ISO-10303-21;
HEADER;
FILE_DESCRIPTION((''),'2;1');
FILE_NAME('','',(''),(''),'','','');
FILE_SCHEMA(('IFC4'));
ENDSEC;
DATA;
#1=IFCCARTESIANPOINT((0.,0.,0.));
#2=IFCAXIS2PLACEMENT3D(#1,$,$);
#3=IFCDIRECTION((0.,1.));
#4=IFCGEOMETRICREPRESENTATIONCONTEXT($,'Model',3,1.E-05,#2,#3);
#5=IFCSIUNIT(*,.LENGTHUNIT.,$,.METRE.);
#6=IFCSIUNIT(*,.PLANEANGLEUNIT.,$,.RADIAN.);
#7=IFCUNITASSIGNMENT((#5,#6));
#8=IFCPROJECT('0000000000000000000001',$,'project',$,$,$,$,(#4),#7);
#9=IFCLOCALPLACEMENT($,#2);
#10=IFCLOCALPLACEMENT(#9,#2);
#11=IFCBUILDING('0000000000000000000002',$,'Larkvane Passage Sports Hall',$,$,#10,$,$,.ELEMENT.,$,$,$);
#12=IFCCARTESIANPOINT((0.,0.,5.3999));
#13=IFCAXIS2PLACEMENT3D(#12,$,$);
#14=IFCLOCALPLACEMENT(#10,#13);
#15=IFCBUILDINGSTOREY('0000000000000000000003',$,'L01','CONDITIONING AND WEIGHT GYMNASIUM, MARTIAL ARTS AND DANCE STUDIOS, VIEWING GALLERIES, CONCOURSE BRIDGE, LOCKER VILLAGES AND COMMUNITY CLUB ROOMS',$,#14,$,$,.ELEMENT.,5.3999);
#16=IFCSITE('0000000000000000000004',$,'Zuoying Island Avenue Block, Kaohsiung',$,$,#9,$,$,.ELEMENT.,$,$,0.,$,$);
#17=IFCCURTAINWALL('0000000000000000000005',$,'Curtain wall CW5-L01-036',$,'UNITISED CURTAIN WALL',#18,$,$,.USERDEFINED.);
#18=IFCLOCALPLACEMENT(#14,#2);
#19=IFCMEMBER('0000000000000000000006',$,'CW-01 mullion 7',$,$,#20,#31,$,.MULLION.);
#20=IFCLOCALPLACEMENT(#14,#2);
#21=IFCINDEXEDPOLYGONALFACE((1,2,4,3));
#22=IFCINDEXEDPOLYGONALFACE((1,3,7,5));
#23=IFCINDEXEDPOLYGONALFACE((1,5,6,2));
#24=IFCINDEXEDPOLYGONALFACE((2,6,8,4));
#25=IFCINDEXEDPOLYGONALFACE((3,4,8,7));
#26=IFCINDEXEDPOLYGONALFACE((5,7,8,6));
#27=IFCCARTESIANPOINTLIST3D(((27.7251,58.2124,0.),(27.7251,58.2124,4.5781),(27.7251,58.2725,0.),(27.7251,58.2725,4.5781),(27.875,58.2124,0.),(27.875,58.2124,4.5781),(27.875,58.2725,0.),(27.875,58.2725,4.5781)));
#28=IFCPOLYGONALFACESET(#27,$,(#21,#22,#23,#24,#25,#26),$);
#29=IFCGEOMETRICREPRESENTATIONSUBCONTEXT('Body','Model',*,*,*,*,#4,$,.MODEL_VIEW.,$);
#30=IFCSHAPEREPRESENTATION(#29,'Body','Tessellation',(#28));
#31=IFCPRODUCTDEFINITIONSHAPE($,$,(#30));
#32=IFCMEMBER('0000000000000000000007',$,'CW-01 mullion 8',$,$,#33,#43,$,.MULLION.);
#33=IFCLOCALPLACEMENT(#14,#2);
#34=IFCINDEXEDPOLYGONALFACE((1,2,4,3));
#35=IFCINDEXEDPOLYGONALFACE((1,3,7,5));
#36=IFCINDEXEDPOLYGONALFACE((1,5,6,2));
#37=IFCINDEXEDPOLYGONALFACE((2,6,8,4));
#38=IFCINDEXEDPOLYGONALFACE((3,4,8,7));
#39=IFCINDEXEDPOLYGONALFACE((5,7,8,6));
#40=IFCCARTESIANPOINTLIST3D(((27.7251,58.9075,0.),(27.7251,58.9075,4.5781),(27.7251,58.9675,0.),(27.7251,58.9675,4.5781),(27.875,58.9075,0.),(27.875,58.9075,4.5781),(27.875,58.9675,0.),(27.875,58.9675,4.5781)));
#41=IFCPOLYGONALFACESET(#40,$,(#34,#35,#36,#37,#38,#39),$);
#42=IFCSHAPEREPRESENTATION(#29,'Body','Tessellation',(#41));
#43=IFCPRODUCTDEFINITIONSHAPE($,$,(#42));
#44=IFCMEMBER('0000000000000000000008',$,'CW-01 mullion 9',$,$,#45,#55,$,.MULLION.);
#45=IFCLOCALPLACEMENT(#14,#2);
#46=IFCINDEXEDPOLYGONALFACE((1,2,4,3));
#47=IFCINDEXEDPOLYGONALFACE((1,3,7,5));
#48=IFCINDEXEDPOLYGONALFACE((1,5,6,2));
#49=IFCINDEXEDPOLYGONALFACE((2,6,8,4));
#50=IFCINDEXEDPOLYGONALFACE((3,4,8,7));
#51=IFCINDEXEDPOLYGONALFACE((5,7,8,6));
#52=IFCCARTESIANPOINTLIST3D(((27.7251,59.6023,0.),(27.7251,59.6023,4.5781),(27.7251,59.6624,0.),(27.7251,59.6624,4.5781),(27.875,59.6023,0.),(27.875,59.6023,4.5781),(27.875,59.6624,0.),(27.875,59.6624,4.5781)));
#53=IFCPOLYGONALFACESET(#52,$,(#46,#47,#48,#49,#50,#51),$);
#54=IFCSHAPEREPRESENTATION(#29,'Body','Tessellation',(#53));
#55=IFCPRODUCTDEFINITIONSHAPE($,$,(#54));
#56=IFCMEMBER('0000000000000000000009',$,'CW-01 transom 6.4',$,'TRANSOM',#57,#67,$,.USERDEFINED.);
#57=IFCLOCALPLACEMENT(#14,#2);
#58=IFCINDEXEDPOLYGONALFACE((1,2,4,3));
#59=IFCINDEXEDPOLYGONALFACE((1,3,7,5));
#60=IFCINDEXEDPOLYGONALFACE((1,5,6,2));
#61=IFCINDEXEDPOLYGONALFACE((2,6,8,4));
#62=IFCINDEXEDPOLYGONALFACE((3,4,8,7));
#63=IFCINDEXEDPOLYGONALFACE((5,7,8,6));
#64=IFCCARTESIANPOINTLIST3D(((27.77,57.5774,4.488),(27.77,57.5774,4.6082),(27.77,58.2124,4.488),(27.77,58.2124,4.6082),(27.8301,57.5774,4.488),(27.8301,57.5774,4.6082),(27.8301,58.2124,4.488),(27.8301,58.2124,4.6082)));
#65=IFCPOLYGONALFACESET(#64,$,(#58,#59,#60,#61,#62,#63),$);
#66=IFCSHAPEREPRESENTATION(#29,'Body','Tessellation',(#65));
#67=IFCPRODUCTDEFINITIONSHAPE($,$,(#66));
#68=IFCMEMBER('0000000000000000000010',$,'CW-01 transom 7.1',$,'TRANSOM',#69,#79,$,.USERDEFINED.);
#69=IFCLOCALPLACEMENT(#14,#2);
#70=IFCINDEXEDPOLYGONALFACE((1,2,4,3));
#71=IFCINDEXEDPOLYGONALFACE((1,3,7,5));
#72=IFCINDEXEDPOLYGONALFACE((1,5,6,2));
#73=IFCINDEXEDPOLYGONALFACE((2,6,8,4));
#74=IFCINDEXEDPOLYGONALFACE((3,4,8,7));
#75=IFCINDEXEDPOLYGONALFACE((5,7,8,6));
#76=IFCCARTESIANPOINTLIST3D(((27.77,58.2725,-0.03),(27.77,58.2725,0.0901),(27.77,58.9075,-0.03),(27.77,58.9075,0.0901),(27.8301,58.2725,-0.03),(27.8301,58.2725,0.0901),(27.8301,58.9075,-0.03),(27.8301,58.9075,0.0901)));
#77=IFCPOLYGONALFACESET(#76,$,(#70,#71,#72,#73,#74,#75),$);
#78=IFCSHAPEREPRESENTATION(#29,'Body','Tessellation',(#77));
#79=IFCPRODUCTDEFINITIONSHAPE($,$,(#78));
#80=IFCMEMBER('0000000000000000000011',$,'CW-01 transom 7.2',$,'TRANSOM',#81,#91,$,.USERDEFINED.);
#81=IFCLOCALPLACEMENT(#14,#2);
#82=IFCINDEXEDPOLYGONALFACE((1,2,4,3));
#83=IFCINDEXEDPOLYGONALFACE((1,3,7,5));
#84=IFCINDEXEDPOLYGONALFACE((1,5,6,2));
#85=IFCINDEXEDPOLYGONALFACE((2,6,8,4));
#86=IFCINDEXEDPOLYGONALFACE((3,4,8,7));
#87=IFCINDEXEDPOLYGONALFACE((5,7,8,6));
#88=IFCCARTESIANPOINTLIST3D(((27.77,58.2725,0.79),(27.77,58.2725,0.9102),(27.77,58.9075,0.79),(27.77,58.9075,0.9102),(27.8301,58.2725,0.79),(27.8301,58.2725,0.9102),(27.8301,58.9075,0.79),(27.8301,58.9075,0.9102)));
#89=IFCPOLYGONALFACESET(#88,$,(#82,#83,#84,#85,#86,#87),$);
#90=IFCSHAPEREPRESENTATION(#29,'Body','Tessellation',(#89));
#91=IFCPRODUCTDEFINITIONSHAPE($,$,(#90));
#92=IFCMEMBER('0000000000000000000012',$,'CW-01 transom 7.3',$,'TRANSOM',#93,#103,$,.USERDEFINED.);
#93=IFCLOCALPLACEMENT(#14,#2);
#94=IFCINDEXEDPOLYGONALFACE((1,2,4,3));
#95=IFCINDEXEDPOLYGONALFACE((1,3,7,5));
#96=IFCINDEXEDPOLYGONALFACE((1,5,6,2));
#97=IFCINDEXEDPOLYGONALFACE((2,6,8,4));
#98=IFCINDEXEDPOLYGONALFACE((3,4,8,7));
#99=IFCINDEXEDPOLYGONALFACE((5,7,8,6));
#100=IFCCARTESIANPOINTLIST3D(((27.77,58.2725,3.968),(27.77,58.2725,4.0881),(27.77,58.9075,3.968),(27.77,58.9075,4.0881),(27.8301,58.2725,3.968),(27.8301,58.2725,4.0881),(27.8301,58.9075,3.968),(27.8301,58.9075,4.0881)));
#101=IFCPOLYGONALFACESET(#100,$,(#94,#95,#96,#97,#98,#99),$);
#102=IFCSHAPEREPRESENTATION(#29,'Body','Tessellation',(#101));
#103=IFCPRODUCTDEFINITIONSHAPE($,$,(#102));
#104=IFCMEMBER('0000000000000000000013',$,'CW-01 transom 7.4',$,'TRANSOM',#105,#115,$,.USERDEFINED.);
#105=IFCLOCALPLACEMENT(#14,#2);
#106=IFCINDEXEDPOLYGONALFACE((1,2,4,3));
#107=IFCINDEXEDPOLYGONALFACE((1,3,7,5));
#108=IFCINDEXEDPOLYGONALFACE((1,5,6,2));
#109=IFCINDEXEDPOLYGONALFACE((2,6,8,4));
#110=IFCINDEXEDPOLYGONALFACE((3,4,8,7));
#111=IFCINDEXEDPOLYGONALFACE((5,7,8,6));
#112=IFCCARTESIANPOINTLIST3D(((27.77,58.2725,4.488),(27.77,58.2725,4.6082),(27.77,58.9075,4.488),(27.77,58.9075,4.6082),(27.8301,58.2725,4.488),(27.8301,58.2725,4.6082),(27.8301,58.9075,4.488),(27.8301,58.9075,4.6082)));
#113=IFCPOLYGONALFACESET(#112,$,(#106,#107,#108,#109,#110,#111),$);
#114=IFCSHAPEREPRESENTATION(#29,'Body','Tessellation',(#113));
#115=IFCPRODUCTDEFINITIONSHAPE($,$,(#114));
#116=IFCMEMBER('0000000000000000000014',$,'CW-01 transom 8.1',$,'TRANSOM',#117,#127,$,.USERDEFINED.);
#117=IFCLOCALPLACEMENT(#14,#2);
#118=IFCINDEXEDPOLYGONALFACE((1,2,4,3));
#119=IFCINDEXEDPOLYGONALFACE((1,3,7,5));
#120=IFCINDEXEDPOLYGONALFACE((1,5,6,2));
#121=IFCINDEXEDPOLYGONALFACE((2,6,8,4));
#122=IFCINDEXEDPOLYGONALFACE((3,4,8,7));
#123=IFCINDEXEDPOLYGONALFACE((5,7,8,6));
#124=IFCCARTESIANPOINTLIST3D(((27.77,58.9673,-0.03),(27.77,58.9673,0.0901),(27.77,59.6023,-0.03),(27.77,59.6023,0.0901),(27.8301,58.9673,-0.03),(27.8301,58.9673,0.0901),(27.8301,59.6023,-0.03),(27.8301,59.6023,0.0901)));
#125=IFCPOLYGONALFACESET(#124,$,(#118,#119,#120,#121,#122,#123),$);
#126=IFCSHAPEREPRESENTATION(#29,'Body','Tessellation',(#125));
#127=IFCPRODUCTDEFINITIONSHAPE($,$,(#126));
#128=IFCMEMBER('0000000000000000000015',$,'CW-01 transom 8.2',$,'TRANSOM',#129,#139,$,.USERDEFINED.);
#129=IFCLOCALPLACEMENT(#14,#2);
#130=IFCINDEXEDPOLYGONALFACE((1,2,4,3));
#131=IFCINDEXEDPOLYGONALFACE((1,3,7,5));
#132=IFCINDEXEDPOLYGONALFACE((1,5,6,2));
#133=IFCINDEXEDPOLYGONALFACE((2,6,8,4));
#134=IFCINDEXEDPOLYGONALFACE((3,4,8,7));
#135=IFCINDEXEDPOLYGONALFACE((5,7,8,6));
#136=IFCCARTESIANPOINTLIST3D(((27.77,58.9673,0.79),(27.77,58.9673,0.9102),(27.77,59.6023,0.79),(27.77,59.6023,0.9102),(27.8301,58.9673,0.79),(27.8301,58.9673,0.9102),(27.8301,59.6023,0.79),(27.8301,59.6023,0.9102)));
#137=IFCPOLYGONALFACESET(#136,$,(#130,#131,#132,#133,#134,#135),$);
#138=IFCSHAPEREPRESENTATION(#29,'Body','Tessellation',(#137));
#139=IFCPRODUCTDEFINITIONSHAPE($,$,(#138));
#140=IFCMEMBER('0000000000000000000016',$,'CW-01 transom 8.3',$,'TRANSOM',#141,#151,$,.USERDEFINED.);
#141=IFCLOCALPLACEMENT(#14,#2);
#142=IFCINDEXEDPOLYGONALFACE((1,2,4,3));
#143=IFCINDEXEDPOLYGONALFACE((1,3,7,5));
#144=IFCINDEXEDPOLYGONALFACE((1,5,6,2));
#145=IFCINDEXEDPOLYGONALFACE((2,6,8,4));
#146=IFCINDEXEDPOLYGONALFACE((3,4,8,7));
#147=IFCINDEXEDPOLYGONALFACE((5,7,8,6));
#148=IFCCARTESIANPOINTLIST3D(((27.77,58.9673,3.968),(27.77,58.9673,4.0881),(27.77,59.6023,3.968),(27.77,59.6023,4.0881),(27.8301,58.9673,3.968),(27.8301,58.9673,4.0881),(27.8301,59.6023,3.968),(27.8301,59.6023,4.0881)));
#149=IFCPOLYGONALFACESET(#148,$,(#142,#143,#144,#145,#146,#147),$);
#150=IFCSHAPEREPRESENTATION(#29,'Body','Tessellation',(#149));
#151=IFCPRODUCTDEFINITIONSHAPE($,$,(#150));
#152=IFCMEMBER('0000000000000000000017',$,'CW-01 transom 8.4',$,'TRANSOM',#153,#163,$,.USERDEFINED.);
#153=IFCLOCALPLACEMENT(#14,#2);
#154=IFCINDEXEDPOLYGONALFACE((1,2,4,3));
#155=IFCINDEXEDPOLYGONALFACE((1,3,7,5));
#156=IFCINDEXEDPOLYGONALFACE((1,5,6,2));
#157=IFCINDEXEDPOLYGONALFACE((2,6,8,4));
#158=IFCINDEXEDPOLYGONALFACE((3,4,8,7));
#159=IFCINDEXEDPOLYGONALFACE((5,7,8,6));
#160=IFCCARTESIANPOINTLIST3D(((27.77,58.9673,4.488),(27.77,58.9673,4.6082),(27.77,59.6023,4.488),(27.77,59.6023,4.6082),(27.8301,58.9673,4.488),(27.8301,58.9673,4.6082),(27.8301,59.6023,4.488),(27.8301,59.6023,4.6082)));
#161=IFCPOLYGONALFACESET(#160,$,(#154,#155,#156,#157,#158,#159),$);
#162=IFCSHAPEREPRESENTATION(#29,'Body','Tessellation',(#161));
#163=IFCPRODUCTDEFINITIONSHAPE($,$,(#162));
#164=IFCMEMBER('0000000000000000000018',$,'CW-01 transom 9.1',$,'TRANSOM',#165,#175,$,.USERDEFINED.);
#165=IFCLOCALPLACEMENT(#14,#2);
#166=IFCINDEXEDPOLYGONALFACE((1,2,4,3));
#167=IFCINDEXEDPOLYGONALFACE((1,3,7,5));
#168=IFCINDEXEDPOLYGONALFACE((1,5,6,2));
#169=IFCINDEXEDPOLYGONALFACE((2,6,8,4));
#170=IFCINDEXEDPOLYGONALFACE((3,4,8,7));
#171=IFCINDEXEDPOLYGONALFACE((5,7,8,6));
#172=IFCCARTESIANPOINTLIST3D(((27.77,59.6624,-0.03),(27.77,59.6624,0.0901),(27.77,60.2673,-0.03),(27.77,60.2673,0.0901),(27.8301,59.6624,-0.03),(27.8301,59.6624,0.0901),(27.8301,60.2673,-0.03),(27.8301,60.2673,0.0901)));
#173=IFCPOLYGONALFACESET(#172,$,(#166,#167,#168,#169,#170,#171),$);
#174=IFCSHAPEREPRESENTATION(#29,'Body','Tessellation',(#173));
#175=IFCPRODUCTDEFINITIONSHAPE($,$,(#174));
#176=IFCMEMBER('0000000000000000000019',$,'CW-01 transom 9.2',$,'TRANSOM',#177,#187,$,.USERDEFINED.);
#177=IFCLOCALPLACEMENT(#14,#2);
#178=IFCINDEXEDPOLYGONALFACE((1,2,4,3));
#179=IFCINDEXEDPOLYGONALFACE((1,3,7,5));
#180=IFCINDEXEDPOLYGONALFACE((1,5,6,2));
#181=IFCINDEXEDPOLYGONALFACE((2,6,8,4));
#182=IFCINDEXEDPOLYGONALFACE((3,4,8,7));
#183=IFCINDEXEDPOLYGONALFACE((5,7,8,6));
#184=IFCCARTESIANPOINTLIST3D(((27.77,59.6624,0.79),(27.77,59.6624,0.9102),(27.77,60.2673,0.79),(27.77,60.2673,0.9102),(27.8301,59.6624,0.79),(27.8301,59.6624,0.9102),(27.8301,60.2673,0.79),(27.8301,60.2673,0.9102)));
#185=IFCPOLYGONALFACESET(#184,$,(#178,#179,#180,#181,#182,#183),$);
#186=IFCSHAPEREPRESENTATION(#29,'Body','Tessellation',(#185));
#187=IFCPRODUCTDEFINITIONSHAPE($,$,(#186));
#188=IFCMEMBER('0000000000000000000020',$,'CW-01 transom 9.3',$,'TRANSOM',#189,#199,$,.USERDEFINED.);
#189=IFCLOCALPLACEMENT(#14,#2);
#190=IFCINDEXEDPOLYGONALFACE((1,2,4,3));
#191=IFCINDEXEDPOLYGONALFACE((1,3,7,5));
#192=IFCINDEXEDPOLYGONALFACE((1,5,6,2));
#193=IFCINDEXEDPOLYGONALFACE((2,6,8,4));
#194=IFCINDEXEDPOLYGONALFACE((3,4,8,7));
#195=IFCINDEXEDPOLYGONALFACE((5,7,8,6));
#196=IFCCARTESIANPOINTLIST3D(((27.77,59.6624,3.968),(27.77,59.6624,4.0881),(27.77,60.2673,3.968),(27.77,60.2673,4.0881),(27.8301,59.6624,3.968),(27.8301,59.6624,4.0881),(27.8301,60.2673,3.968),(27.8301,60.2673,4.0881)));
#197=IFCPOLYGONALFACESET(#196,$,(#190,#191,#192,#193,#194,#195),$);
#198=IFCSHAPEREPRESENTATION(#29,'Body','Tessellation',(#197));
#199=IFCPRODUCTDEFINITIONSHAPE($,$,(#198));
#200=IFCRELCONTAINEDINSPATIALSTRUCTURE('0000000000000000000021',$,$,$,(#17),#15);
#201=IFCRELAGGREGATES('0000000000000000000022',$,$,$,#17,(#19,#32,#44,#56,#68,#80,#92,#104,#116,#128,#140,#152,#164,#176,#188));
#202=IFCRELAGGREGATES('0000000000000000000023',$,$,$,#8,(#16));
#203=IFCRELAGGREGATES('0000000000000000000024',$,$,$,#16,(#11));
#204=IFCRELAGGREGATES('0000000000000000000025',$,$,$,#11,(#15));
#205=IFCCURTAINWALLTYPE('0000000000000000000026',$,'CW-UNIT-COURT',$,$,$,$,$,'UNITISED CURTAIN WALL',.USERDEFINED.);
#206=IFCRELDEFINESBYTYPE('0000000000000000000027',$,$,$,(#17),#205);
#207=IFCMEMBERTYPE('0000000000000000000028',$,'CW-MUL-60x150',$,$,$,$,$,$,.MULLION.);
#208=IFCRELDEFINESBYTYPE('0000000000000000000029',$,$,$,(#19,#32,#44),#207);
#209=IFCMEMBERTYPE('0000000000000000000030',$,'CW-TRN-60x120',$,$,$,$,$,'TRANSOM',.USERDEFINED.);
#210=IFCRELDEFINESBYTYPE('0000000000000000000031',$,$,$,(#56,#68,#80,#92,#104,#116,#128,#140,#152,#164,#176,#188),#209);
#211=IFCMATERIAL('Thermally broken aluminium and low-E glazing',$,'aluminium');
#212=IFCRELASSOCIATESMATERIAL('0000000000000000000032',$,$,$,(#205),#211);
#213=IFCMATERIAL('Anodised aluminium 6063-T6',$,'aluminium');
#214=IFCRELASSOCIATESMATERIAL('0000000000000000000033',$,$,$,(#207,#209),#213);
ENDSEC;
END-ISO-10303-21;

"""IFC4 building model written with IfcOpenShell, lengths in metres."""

from ifc_helpers import new_model, si_unit, direction, frame, origin, origin_2d, place, context, subcontext, project, spatial, rectangle, extrude, material, material_profile, profile_set, type_object, element, aggregate, save


model = new_model("IFC4")

# Units and contexts
model_context = context("Model", 3, precision=1e-05, world=origin(), true_north=direction((0.0, 1.0)))
body_context = subcontext(model_context, "Body", "Model", "MODEL_VIEW")
ifc_project = project(units=[si_unit("LENGTHUNIT", "METRE"), si_unit("PLANEANGLEUNIT", "RADIAN")], contexts=[model_context])

# Site, building, storey
site_placement = place(None, origin())
site = spatial("IfcSite", under=ifc_project, at=site_placement, Name="Zuoying Island Avenue Block, Kaohsiung", CompositionType="ELEMENT", RefElevation=0.0)
building_placement = place(site_placement, origin())
building = spatial("IfcBuilding", under=site, at=building_placement, Name="Larkvane Passage Sports Hall", CompositionType="ELEMENT")
storey_placement = place(building_placement, frame((0.0, 0.0, 5.3999)))
storey = spatial("IfcBuildingStorey", under=building, at=storey_placement, Name="L01", Description="CONDITIONING AND WEIGHT GYMNASIUM, MARTIAL ARTS AND DANCE STUDIOS, VIEWING GALLERIES, CONCOURSE BRIDGE, LOCKER VILLAGES AND COMMUNITY CLUB ROOMS", CompositionType="ELEMENT", Elevation=5.3999)

# Curtain wall, members
ifc_material_1 = material(Name="Thermally broken aluminium and low-E glazing", Category="aluminium")
curtain_wall_type = type_object("IfcCurtainWallType", Name="CW-UNIT-COURT", ElementType="UNITISED CURTAIN WALL", PredefinedType="USERDEFINED", material=ifc_material_1)
curtain_wall_placement = place(storey_placement, origin())
curtain_wall = element("IfcCurtainWall", 1, at=curtain_wall_placement, inside=storey, type_object=curtain_wall_type, Name="Curtain wall CW5-L01-036", ObjectType="UNITISED CURTAIN WALL", PredefinedType="USERDEFINED")
ifc_material_2 = material(Name="Anodised aluminium 6063-T6", Category="aluminium")
ifc_material_profile_1 = material_profile(ifc_material_2, rectangle(XDim=0.0601, YDim=0.1499, at=origin_2d()), Name="ALU-MUL-60x150")
ifc_profile_set_1 = profile_set([ifc_material_profile_1], Name="Anodised aluminium 6063-T6")
member_type_1 = type_object("IfcMemberType", Name="CW-MUL-60x150", PredefinedType="MULLION", material=ifc_profile_set_1)
member_1_placement = place(storey_placement, frame((27.8, 58.2424, 0.0), z_axis=(0.0, 0.0, 1.0), x_axis=(0.0, 1.0, 0.0)))
member_1 = element("IfcMember", 2, at=member_1_placement, type_object=member_type_1, Name="CW-01 mullion 7", PredefinedType="MULLION", context=body_context, shape_type="SweptSolid", body=[
    extrude(rectangle(XDim=0.0601, YDim=0.1499, at=origin_2d()), origin(), (0.0, 0.0, 1.0), 4.5781),
])
member_2_placement = place(storey_placement, frame((27.8, 58.9375, 0.0), z_axis=(0.0, 0.0, 1.0), x_axis=(0.0, 1.0, 0.0)))
member_2 = element("IfcMember", 3, at=member_2_placement, type_object=member_type_1, Name="CW-01 mullion 8", PredefinedType="MULLION", context=body_context, shape_type="SweptSolid", body=[
    extrude(rectangle(XDim=0.0601, YDim=0.1499, at=origin_2d()), origin(), (0.0, 0.0, 1.0), 4.5781),
])
member_3_placement = place(storey_placement, frame((27.8, 59.6323, 0.0), z_axis=(0.0, 0.0, 1.0), x_axis=(0.0, 1.0, 0.0)))
member_3 = element("IfcMember", 4, at=member_3_placement, type_object=member_type_1, Name="CW-01 mullion 9", PredefinedType="MULLION", context=body_context, shape_type="SweptSolid", body=[
    extrude(rectangle(XDim=0.0601, YDim=0.1499, at=origin_2d()), origin(), (0.0, 0.0, 1.0), 4.5781),
])
ifc_material_profile_2 = material_profile(ifc_material_2, rectangle(XDim=0.0601, YDim=0.1201, at=origin_2d()), Name="ALU-TRN-60x120")
ifc_profile_set_2 = profile_set([ifc_material_profile_2], Name="Anodised aluminium 6063-T6")
member_type_2 = type_object("IfcMemberType", Name="CW-TRN-60x120", ElementType="TRANSOM", PredefinedType="USERDEFINED", material=ifc_profile_set_2)
member_4_placement = place(storey_placement, frame((27.8, 57.5774, 4.5481), z_axis=(0.0, 1.0, 0.0), x_axis=(-1.0, 0.0, 0.0)))
member_4 = element("IfcMember", 5, at=member_4_placement, type_object=member_type_2, Name="CW-01 transom 6.4", ObjectType="TRANSOM", PredefinedType="USERDEFINED", context=body_context, shape_type="SweptSolid", body=[
    extrude(rectangle(XDim=0.0601, YDim=0.1201, at=origin_2d()), origin(), (0.0, 0.0, 1.0), 0.635),
])
member_5_placement = place(storey_placement, frame((27.8, 58.2725, 0.03), z_axis=(0.0, 1.0, 0.0), x_axis=(-1.0, 0.0, 0.0)))
member_5 = element("IfcMember", 6, at=member_5_placement, type_object=member_type_2, Name="CW-01 transom 7.1", ObjectType="TRANSOM", PredefinedType="USERDEFINED", context=body_context, shape_type="SweptSolid", body=[
    extrude(rectangle(XDim=0.0601, YDim=0.1201, at=origin_2d()), origin(), (0.0, 0.0, 1.0), 0.635),
])
member_6_placement = place(storey_placement, frame((27.8, 58.2725, 0.8501), z_axis=(0.0, 1.0, 0.0), x_axis=(-1.0, 0.0, 0.0)))
member_6 = element("IfcMember", 7, at=member_6_placement, type_object=member_type_2, Name="CW-01 transom 7.2", ObjectType="TRANSOM", PredefinedType="USERDEFINED", context=body_context, shape_type="SweptSolid", body=[
    extrude(rectangle(XDim=0.0601, YDim=0.1201, at=origin_2d()), origin(), (0.0, 0.0, 1.0), 0.635),
])
member_7_placement = place(storey_placement, frame((27.8, 58.2725, 4.0281), z_axis=(0.0, 1.0, 0.0), x_axis=(-1.0, 0.0, 0.0)))
member_7 = element("IfcMember", 8, at=member_7_placement, type_object=member_type_2, Name="CW-01 transom 7.3", ObjectType="TRANSOM", PredefinedType="USERDEFINED", context=body_context, shape_type="SweptSolid", body=[
    extrude(rectangle(XDim=0.0601, YDim=0.1201, at=origin_2d()), origin(), (0.0, 0.0, 1.0), 0.635),
])
member_8_placement = place(storey_placement, frame((27.8, 58.2725, 4.5481), z_axis=(0.0, 1.0, 0.0), x_axis=(-1.0, 0.0, 0.0)))
member_8 = element("IfcMember", 9, at=member_8_placement, type_object=member_type_2, Name="CW-01 transom 7.4", ObjectType="TRANSOM", PredefinedType="USERDEFINED", context=body_context, shape_type="SweptSolid", body=[
    extrude(rectangle(XDim=0.0601, YDim=0.1201, at=origin_2d()), origin(), (0.0, 0.0, 1.0), 0.635),
])
member_9_placement = place(storey_placement, frame((27.8, 58.9673, 0.03), z_axis=(0.0, 1.0, 0.0), x_axis=(-1.0, 0.0, 0.0)))
member_9 = element("IfcMember", 10, at=member_9_placement, type_object=member_type_2, Name="CW-01 transom 8.1", ObjectType="TRANSOM", PredefinedType="USERDEFINED", context=body_context, shape_type="SweptSolid", body=[
    extrude(rectangle(XDim=0.0601, YDim=0.1201, at=origin_2d()), origin(), (0.0, 0.0, 1.0), 0.635),
])
member_10_placement = place(storey_placement, frame((27.8, 58.9673, 0.8501), z_axis=(0.0, 1.0, 0.0), x_axis=(-1.0, 0.0, 0.0)))
member_10 = element("IfcMember", 11, at=member_10_placement, type_object=member_type_2, Name="CW-01 transom 8.2", ObjectType="TRANSOM", PredefinedType="USERDEFINED", context=body_context, shape_type="SweptSolid", body=[
    extrude(rectangle(XDim=0.0601, YDim=0.1201, at=origin_2d()), origin(), (0.0, 0.0, 1.0), 0.635),
])
member_11_placement = place(storey_placement, frame((27.8, 58.9673, 4.0281), z_axis=(0.0, 1.0, 0.0), x_axis=(-1.0, 0.0, 0.0)))
member_11 = element("IfcMember", 12, at=member_11_placement, type_object=member_type_2, Name="CW-01 transom 8.3", ObjectType="TRANSOM", PredefinedType="USERDEFINED", context=body_context, shape_type="SweptSolid", body=[
    extrude(rectangle(XDim=0.0601, YDim=0.1201, at=origin_2d()), origin(), (0.0, 0.0, 1.0), 0.635),
])
member_12_placement = place(storey_placement, frame((27.8, 58.9673, 4.5481), z_axis=(0.0, 1.0, 0.0), x_axis=(-1.0, 0.0, 0.0)))
member_12 = element("IfcMember", 13, at=member_12_placement, type_object=member_type_2, Name="CW-01 transom 8.4", ObjectType="TRANSOM", PredefinedType="USERDEFINED", context=body_context, shape_type="SweptSolid", body=[
    extrude(rectangle(XDim=0.0601, YDim=0.1201, at=origin_2d()), origin(), (0.0, 0.0, 1.0), 0.635),
])
member_13_placement = place(storey_placement, frame((27.8, 59.6624, 0.03), z_axis=(0.0, 1.0, 0.0), x_axis=(-1.0, 0.0, 0.0)))
member_13 = element("IfcMember", 14, at=member_13_placement, type_object=member_type_2, Name="CW-01 transom 9.1", ObjectType="TRANSOM", PredefinedType="USERDEFINED", context=body_context, shape_type="SweptSolid", body=[
    extrude(rectangle(XDim=0.0601, YDim=0.1201, at=origin_2d()), origin(), (0.0, 0.0, 1.0), 0.605),
])
member_14_placement = place(storey_placement, frame((27.8, 59.6624, 0.8501), z_axis=(0.0, 1.0, 0.0), x_axis=(-1.0, 0.0, 0.0)))
member_14 = element("IfcMember", 15, at=member_14_placement, type_object=member_type_2, Name="CW-01 transom 9.2", ObjectType="TRANSOM", PredefinedType="USERDEFINED", context=body_context, shape_type="SweptSolid", body=[
    extrude(rectangle(XDim=0.0601, YDim=0.1201, at=origin_2d()), origin(), (0.0, 0.0, 1.0), 0.605),
])
member_15_placement = place(storey_placement, frame((27.8, 59.6624, 4.0281), z_axis=(0.0, 1.0, 0.0), x_axis=(-1.0, 0.0, 0.0)))
member_15 = element("IfcMember", 16, at=member_15_placement, type_object=member_type_2, Name="CW-01 transom 9.3", ObjectType="TRANSOM", PredefinedType="USERDEFINED", context=body_context, shape_type="SweptSolid", body=[
    extrude(rectangle(XDim=0.0601, YDim=0.1201, at=origin_2d()), origin(), (0.0, 0.0, 1.0), 0.605),
])
aggregate(curtain_wall, [member_1, member_2, member_3, member_4, member_5, member_6, member_7, member_8, member_9, member_10, member_11, member_12, member_13, member_14, member_15])

save(model, "model.ifc")
